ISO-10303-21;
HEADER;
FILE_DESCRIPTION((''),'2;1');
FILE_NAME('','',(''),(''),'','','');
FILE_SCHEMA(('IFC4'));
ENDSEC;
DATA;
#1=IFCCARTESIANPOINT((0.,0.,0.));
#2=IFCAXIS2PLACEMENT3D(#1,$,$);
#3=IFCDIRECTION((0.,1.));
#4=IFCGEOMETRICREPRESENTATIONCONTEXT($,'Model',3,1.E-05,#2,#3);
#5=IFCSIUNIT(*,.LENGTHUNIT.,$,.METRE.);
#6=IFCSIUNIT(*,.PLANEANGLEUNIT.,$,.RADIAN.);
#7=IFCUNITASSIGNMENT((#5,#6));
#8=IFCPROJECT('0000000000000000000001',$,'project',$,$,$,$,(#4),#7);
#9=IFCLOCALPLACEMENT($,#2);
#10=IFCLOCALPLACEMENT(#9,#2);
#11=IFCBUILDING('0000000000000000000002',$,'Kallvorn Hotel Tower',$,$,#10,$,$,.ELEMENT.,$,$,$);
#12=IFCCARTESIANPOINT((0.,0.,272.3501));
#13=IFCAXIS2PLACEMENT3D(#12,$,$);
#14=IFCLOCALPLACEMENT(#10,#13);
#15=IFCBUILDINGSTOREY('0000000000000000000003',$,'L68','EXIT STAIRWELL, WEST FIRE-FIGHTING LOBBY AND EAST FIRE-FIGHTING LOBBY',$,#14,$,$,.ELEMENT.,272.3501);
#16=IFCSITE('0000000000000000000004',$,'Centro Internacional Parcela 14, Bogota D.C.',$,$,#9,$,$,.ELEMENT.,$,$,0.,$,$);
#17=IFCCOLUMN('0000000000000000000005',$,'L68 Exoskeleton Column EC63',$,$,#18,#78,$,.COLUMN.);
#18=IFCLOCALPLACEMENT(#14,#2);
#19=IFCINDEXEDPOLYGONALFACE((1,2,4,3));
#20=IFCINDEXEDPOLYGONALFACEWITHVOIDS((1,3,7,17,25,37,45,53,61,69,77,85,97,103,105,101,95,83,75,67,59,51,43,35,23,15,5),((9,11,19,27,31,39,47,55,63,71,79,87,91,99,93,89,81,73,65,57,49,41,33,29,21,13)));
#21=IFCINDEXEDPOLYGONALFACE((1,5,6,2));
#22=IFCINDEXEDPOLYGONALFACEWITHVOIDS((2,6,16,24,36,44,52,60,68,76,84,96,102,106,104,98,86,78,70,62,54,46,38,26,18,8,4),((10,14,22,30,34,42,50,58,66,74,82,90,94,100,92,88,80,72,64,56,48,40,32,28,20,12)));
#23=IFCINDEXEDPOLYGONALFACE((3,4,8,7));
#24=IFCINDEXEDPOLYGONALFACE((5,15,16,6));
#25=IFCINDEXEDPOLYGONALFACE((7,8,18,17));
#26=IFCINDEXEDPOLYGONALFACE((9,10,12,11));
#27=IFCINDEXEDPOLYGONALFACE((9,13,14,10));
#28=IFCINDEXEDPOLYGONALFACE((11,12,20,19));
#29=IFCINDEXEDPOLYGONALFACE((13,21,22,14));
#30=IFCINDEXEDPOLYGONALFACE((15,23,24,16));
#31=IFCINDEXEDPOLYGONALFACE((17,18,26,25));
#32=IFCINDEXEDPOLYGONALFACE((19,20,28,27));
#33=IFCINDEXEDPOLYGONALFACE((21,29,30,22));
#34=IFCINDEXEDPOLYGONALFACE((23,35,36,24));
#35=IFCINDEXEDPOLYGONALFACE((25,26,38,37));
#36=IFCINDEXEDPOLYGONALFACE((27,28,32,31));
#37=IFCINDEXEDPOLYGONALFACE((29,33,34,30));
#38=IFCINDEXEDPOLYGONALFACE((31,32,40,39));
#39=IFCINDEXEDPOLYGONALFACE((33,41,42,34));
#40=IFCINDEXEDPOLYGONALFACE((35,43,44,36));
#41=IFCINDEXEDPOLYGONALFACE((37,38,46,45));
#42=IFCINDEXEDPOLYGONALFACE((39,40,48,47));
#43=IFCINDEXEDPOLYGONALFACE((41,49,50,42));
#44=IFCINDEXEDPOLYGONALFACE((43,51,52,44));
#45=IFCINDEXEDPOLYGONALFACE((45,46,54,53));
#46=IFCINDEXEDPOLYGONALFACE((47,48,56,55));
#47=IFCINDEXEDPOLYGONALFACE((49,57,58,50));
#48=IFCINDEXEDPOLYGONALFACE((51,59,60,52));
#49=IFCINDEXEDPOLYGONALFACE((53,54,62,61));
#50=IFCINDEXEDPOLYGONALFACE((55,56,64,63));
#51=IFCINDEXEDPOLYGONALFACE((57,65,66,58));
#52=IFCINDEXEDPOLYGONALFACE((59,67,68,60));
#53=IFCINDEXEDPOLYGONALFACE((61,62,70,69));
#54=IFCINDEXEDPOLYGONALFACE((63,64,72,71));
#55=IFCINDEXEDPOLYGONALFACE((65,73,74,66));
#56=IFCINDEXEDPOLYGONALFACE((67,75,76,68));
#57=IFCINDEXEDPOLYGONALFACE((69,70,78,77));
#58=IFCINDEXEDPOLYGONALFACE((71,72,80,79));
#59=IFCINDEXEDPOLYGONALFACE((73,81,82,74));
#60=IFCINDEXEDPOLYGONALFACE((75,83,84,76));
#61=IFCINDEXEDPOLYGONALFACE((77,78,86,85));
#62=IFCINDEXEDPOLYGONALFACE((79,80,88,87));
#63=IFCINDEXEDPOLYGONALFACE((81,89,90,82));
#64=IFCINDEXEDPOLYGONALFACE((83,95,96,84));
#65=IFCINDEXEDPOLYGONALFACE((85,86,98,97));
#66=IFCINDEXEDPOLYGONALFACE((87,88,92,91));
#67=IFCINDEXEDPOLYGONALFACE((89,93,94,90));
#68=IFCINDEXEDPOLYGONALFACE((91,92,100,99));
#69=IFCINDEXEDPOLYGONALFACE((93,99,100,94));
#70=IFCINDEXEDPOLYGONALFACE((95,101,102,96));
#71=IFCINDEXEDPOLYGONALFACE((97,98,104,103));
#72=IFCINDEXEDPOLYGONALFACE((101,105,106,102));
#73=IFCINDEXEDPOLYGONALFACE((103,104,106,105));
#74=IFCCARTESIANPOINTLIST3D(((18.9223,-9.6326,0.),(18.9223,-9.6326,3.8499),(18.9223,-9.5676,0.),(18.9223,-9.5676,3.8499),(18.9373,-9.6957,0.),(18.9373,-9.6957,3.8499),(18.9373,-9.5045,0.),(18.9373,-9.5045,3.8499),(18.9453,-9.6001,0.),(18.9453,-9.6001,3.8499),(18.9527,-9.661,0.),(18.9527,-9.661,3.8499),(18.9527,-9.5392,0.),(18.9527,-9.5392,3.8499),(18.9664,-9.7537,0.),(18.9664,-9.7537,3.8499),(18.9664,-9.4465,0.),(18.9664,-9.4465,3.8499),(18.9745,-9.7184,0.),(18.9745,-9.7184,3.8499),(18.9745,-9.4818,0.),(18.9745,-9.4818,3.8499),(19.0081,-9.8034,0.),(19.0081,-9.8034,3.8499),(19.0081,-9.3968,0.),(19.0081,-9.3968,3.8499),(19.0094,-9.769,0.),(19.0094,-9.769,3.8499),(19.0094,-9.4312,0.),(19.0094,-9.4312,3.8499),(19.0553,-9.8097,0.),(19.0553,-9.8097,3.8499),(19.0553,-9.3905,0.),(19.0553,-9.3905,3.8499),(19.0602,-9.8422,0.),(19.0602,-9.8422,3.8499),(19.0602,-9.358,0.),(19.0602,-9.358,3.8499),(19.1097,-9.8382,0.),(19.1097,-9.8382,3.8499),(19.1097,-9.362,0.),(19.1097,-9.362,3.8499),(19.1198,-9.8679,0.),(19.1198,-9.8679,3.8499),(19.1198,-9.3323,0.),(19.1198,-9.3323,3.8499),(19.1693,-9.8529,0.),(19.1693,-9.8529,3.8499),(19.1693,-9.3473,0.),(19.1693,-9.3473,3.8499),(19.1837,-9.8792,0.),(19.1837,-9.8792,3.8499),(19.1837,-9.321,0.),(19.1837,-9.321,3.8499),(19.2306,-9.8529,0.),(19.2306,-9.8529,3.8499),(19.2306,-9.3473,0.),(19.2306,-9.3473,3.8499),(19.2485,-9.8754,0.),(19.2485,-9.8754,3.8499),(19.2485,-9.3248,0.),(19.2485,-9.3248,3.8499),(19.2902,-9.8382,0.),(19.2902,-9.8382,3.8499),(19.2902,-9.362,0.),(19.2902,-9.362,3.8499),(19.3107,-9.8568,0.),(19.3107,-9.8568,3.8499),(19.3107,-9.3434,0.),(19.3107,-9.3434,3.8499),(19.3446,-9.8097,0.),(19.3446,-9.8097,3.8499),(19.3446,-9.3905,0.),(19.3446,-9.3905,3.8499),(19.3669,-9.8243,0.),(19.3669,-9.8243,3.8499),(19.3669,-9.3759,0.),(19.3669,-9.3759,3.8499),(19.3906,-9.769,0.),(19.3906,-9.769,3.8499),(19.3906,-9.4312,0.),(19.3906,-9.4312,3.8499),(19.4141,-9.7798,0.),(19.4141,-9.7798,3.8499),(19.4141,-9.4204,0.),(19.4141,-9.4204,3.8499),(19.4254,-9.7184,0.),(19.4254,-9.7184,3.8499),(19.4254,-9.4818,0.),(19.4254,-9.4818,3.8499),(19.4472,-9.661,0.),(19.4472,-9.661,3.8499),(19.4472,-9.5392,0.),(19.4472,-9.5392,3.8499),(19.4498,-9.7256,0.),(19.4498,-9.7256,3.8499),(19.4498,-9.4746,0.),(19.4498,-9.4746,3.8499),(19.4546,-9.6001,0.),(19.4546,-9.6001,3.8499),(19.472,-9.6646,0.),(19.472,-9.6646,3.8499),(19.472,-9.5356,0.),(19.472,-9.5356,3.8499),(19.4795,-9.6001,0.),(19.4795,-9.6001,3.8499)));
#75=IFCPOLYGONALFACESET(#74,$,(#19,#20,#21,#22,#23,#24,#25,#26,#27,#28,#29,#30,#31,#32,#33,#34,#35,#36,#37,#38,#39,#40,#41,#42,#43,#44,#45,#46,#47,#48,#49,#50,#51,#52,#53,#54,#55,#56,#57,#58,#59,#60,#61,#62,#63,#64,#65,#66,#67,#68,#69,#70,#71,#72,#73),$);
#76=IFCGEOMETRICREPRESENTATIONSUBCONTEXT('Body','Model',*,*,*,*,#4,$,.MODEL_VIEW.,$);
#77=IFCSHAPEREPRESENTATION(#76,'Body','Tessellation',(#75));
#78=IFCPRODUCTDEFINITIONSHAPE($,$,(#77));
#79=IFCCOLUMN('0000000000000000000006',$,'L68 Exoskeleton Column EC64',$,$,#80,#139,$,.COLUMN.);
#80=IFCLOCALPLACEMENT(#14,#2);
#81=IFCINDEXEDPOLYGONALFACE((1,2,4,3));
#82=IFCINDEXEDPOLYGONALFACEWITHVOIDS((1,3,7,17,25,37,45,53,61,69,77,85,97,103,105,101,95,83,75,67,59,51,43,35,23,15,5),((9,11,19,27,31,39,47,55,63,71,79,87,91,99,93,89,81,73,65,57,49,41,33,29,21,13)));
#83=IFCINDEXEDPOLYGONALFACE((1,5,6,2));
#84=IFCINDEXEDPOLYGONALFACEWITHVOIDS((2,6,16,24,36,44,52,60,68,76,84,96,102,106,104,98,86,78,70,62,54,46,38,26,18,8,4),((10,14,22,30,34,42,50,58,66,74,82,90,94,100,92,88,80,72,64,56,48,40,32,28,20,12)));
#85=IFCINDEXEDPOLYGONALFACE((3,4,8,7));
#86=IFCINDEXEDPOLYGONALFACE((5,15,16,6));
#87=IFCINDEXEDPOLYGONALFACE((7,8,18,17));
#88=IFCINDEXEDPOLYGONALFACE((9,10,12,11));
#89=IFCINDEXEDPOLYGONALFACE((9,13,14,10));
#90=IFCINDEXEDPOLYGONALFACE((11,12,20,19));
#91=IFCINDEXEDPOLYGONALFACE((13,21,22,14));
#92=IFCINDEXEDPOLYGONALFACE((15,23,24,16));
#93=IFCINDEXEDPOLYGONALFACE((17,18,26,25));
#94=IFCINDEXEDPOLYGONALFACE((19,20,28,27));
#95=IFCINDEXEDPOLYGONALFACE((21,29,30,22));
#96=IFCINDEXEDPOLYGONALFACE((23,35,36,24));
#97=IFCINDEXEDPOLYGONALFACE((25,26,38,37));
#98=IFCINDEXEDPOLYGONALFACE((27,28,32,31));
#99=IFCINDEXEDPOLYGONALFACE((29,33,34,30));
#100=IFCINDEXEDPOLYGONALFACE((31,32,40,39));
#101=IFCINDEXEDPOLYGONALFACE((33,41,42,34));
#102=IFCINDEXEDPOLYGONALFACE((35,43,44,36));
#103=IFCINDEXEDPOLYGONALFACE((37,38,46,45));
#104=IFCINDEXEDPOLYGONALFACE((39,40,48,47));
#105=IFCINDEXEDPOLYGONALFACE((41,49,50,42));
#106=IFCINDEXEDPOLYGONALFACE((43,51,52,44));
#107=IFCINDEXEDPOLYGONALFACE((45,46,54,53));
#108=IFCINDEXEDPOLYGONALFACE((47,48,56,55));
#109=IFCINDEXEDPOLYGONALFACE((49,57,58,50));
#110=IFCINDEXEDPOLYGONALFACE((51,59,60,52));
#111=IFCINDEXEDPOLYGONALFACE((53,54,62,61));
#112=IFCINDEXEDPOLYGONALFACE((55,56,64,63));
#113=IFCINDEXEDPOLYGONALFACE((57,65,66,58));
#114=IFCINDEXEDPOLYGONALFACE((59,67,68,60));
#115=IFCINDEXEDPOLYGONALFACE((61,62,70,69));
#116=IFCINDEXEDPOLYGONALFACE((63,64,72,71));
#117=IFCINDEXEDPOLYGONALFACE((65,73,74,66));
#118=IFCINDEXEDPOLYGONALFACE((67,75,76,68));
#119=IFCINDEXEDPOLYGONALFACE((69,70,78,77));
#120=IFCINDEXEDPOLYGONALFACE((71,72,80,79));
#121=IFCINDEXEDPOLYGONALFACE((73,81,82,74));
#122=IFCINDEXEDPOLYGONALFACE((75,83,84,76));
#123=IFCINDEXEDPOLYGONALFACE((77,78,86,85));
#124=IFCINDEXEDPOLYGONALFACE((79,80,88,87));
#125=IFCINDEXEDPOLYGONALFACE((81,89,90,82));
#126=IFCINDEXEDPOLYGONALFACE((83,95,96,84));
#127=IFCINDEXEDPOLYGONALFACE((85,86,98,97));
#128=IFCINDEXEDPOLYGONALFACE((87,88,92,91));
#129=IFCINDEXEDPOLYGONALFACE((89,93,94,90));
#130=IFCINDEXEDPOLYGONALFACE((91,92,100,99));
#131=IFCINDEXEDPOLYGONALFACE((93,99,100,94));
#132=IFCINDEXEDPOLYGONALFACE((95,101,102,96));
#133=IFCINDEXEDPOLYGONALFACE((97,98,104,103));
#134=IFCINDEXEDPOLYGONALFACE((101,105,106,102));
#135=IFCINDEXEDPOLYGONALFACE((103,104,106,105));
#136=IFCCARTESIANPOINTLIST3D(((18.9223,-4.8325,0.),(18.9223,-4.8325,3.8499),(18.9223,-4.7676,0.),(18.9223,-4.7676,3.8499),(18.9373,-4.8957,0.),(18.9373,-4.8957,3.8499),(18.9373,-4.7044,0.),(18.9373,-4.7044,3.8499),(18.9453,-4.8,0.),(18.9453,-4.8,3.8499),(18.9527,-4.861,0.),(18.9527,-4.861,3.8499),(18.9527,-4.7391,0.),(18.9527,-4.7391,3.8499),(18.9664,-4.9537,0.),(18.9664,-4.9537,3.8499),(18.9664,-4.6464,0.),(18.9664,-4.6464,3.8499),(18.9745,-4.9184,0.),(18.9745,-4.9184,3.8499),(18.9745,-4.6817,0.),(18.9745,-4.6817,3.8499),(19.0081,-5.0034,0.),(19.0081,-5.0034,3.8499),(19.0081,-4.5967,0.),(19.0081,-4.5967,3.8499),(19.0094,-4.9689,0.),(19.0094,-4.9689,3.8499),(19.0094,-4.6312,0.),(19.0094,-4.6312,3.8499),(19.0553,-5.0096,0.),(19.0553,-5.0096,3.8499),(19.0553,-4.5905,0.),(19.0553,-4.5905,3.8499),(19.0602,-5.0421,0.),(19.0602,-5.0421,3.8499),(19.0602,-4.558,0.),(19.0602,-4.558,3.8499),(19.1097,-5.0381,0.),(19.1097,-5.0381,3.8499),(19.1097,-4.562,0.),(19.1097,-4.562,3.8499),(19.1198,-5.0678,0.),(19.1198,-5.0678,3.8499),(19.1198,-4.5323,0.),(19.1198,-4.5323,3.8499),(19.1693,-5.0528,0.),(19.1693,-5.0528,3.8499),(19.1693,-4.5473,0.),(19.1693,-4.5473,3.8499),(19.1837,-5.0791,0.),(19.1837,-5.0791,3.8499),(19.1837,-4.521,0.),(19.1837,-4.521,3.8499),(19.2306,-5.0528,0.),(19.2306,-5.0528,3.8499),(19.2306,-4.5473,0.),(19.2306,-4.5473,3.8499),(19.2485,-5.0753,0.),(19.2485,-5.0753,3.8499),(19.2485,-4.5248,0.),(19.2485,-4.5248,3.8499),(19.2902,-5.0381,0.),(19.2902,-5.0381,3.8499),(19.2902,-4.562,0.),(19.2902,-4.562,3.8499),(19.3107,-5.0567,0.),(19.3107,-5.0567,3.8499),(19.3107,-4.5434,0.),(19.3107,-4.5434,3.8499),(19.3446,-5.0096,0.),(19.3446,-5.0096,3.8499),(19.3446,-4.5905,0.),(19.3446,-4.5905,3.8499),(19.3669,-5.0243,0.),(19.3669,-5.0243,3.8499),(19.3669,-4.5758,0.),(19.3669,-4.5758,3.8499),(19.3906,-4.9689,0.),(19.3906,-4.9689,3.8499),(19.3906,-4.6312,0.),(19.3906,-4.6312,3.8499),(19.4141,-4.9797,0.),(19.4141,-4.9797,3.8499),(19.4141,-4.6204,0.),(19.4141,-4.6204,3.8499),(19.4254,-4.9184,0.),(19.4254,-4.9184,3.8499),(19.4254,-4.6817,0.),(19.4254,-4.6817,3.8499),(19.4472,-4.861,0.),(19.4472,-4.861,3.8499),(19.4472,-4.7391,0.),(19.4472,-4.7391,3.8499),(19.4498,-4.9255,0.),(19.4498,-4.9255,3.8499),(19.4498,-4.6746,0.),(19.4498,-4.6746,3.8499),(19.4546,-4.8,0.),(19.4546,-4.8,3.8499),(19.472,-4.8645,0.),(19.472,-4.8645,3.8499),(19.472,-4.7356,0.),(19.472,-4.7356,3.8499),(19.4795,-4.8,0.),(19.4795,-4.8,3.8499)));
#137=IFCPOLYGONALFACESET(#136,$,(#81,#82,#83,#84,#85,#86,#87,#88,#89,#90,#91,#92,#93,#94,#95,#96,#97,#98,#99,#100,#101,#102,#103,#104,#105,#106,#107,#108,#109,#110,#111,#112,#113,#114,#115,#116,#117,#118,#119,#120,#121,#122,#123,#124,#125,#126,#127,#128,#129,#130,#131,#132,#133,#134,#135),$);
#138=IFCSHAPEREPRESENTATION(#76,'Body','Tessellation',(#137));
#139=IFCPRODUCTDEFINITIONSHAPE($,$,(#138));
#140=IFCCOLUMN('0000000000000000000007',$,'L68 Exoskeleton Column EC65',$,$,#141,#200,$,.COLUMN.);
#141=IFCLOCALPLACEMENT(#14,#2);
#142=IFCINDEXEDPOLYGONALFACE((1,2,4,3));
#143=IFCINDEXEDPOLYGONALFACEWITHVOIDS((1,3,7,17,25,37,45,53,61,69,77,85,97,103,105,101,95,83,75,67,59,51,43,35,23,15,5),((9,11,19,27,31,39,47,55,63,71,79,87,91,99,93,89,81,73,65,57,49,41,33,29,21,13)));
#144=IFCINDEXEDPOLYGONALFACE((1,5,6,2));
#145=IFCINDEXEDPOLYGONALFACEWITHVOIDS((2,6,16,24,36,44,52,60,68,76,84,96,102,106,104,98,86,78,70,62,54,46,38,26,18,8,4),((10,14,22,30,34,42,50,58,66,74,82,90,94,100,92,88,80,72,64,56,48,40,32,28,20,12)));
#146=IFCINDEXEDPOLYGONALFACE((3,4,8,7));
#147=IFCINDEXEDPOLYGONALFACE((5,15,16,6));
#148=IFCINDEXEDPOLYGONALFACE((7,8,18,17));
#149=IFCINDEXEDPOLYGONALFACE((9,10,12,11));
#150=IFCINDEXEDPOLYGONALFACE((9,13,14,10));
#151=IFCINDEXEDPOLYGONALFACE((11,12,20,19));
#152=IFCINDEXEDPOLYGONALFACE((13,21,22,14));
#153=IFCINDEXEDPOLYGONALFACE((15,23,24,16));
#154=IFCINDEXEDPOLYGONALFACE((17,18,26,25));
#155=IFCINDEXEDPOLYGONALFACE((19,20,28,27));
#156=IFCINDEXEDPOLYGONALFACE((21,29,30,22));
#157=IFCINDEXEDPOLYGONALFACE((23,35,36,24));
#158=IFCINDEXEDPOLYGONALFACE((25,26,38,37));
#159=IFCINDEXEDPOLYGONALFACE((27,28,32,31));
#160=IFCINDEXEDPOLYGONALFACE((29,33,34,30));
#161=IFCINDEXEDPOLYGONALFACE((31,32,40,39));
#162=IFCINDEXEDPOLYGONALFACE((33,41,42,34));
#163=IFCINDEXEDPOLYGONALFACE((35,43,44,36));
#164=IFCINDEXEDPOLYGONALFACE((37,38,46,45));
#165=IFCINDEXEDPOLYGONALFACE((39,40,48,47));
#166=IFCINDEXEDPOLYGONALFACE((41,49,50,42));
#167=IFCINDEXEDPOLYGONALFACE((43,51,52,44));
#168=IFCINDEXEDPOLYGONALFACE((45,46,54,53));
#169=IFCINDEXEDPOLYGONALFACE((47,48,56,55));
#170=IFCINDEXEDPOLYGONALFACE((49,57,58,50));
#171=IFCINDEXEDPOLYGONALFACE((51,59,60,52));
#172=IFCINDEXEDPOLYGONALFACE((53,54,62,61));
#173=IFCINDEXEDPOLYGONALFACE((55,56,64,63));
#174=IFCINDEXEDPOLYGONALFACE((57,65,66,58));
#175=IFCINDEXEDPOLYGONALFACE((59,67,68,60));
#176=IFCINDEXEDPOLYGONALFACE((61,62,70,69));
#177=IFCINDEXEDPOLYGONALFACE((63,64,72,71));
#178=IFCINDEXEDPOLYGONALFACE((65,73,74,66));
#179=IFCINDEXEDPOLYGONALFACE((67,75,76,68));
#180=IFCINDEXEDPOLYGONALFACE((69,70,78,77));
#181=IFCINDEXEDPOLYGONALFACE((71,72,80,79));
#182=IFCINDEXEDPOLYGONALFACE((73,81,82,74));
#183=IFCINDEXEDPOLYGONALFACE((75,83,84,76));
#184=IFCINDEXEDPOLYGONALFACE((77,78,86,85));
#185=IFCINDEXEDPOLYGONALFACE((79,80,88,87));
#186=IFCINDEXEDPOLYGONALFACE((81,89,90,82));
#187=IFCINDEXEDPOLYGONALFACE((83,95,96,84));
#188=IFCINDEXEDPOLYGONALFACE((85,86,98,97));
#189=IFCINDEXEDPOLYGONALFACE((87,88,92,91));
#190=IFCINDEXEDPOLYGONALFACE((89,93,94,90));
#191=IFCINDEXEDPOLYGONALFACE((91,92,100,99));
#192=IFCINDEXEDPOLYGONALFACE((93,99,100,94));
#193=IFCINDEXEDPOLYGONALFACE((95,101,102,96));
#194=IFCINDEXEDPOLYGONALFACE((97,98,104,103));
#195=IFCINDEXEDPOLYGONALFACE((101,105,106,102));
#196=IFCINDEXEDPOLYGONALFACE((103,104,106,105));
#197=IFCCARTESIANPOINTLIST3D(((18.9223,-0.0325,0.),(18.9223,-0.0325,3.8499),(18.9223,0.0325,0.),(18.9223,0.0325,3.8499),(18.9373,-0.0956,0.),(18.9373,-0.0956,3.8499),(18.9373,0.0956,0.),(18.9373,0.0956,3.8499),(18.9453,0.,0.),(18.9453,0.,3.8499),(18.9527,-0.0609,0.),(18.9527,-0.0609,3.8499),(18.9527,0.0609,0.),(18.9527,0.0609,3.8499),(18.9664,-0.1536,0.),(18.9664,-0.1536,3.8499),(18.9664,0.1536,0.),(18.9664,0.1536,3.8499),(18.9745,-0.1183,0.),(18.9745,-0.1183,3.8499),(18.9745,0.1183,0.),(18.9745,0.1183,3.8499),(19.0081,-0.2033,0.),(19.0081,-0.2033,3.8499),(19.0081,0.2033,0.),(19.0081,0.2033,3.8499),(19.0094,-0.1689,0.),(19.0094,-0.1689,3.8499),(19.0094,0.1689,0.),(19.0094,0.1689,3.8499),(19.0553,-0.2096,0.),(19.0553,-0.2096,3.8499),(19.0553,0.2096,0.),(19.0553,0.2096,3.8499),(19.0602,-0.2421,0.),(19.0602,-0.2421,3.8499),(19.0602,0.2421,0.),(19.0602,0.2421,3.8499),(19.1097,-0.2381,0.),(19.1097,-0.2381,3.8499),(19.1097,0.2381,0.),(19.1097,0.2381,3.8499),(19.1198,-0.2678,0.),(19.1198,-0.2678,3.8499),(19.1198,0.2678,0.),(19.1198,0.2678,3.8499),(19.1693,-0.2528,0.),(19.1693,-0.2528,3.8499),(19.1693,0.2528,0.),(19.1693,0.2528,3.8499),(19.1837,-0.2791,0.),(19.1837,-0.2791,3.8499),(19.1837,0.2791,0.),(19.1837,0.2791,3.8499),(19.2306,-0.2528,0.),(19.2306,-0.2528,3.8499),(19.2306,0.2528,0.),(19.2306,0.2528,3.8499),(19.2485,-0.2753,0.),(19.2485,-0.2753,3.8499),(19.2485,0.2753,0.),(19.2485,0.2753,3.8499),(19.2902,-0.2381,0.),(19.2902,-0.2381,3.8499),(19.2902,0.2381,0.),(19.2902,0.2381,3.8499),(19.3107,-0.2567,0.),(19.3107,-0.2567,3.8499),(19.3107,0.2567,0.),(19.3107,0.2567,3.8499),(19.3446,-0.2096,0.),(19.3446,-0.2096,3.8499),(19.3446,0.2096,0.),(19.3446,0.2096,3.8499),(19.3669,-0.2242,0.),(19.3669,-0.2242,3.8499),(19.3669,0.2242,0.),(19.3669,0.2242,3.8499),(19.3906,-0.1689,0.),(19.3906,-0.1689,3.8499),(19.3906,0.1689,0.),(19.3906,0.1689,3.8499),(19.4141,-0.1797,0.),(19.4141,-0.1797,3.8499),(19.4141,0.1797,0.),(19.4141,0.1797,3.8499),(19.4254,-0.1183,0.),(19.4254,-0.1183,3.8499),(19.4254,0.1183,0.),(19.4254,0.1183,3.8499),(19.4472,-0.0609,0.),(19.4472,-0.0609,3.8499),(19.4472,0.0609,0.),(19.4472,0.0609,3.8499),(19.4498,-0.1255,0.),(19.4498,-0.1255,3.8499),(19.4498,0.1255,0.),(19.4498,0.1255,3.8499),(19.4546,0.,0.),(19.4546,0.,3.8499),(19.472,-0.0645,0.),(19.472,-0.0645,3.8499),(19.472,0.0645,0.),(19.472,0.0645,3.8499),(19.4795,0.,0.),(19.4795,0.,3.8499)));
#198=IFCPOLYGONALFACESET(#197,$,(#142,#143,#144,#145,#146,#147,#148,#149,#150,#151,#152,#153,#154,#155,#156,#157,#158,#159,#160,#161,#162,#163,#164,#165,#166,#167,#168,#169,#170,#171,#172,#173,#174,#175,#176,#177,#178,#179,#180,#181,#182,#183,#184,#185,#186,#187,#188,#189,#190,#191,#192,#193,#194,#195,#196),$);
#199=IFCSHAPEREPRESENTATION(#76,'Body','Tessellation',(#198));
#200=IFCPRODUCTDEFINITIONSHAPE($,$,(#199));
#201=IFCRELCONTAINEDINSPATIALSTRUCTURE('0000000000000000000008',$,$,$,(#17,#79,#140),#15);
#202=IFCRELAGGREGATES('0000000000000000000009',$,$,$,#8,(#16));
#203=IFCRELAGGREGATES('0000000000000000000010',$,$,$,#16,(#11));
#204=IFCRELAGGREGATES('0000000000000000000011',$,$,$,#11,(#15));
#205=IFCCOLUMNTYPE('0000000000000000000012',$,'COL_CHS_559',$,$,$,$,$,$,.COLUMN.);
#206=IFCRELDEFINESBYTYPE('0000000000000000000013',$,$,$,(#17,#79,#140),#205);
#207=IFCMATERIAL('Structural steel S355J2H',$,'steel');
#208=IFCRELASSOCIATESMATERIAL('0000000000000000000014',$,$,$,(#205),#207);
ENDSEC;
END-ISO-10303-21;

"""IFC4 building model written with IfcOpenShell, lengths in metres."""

from ifc_helpers import new_model, si_unit, direction, frame, origin, origin_2d, place, context, subcontext, project, spatial, hollow_circle, extrude, material, material_profile, profile_set, type_object, element, save


model = new_model("IFC4")

# Units and contexts
model_context = context("Model", 3, precision=1e-05, world=origin(), true_north=direction((0.0, 1.0)))
body_context = subcontext(model_context, "Body", "Model", "MODEL_VIEW")
ifc_project = project(units=[si_unit("LENGTHUNIT", "METRE"), si_unit("PLANEANGLEUNIT", "RADIAN")], contexts=[model_context])

# Site, building, storey
site_placement = place(None, origin())
site = spatial("IfcSite", under=ifc_project, at=site_placement, Name="Centro Internacional Parcela 14, Bogota D.C.", CompositionType="ELEMENT", RefElevation=0.0)
building_placement = place(site_placement, origin())
building = spatial("IfcBuilding", under=site, at=building_placement, Name="Kallvorn Hotel Tower", CompositionType="ELEMENT")
storey_placement = place(building_placement, frame((0.0, 0.0, 272.3501)))
storey = spatial("IfcBuildingStorey", under=building, at=storey_placement, Name="L68", Description="EXIT STAIRWELL, WEST FIRE-FIGHTING LOBBY AND EAST FIRE-FIGHTING LOBBY", CompositionType="ELEMENT", Elevation=272.3501)

# Columns
ifc_material_1 = material(Name="Structural steel S355J2H", Category="steel")
ifc_material_profile_1 = material_profile(ifc_material_1, hollow_circle(Radius=0.2795, WallThickness=0.0249, at=origin_2d()), Name="CHS 559x25")
ifc_profile_set_1 = profile_set([ifc_material_profile_1], Name="Structural steel S355J2H")
column_type_1 = type_object("IfcColumnType", Name="COL_CHS_559", PredefinedType="COLUMN", material=ifc_profile_set_1)
for number, where, z_axis, x_axis, name in (
    (1, (19.2, -9.6001, 0.0), (0.0, 0.0, 1.0), (1.0, 0.0, 0.0), "L68 Exoskeleton Column EC63"),
    (2, (19.2, -4.8, 0.0), (0.0, 0.0, 1.0), (1.0, 0.0, 0.0), "L68 Exoskeleton Column EC64"),
    (3, (19.2, 0.0, 0.0), (0.0, 0.0, 1.0), (1.0, 0.0, 0.0), "L68 Exoskeleton Column EC65"),
):
    element("IfcColumn", number, at=place(storey_placement, frame(where, z_axis=z_axis, x_axis=x_axis)), inside=storey, type_object=column_type_1, Name=name, PredefinedType="COLUMN", context=body_context, shape_type="SweptSolid", body=[
        extrude(hollow_circle(Radius=0.2795, WallThickness=0.0249, at=origin_2d()), origin(), (0.0, 0.0, 1.0), 3.8499),
    ])

save(model, "model.ifc")
